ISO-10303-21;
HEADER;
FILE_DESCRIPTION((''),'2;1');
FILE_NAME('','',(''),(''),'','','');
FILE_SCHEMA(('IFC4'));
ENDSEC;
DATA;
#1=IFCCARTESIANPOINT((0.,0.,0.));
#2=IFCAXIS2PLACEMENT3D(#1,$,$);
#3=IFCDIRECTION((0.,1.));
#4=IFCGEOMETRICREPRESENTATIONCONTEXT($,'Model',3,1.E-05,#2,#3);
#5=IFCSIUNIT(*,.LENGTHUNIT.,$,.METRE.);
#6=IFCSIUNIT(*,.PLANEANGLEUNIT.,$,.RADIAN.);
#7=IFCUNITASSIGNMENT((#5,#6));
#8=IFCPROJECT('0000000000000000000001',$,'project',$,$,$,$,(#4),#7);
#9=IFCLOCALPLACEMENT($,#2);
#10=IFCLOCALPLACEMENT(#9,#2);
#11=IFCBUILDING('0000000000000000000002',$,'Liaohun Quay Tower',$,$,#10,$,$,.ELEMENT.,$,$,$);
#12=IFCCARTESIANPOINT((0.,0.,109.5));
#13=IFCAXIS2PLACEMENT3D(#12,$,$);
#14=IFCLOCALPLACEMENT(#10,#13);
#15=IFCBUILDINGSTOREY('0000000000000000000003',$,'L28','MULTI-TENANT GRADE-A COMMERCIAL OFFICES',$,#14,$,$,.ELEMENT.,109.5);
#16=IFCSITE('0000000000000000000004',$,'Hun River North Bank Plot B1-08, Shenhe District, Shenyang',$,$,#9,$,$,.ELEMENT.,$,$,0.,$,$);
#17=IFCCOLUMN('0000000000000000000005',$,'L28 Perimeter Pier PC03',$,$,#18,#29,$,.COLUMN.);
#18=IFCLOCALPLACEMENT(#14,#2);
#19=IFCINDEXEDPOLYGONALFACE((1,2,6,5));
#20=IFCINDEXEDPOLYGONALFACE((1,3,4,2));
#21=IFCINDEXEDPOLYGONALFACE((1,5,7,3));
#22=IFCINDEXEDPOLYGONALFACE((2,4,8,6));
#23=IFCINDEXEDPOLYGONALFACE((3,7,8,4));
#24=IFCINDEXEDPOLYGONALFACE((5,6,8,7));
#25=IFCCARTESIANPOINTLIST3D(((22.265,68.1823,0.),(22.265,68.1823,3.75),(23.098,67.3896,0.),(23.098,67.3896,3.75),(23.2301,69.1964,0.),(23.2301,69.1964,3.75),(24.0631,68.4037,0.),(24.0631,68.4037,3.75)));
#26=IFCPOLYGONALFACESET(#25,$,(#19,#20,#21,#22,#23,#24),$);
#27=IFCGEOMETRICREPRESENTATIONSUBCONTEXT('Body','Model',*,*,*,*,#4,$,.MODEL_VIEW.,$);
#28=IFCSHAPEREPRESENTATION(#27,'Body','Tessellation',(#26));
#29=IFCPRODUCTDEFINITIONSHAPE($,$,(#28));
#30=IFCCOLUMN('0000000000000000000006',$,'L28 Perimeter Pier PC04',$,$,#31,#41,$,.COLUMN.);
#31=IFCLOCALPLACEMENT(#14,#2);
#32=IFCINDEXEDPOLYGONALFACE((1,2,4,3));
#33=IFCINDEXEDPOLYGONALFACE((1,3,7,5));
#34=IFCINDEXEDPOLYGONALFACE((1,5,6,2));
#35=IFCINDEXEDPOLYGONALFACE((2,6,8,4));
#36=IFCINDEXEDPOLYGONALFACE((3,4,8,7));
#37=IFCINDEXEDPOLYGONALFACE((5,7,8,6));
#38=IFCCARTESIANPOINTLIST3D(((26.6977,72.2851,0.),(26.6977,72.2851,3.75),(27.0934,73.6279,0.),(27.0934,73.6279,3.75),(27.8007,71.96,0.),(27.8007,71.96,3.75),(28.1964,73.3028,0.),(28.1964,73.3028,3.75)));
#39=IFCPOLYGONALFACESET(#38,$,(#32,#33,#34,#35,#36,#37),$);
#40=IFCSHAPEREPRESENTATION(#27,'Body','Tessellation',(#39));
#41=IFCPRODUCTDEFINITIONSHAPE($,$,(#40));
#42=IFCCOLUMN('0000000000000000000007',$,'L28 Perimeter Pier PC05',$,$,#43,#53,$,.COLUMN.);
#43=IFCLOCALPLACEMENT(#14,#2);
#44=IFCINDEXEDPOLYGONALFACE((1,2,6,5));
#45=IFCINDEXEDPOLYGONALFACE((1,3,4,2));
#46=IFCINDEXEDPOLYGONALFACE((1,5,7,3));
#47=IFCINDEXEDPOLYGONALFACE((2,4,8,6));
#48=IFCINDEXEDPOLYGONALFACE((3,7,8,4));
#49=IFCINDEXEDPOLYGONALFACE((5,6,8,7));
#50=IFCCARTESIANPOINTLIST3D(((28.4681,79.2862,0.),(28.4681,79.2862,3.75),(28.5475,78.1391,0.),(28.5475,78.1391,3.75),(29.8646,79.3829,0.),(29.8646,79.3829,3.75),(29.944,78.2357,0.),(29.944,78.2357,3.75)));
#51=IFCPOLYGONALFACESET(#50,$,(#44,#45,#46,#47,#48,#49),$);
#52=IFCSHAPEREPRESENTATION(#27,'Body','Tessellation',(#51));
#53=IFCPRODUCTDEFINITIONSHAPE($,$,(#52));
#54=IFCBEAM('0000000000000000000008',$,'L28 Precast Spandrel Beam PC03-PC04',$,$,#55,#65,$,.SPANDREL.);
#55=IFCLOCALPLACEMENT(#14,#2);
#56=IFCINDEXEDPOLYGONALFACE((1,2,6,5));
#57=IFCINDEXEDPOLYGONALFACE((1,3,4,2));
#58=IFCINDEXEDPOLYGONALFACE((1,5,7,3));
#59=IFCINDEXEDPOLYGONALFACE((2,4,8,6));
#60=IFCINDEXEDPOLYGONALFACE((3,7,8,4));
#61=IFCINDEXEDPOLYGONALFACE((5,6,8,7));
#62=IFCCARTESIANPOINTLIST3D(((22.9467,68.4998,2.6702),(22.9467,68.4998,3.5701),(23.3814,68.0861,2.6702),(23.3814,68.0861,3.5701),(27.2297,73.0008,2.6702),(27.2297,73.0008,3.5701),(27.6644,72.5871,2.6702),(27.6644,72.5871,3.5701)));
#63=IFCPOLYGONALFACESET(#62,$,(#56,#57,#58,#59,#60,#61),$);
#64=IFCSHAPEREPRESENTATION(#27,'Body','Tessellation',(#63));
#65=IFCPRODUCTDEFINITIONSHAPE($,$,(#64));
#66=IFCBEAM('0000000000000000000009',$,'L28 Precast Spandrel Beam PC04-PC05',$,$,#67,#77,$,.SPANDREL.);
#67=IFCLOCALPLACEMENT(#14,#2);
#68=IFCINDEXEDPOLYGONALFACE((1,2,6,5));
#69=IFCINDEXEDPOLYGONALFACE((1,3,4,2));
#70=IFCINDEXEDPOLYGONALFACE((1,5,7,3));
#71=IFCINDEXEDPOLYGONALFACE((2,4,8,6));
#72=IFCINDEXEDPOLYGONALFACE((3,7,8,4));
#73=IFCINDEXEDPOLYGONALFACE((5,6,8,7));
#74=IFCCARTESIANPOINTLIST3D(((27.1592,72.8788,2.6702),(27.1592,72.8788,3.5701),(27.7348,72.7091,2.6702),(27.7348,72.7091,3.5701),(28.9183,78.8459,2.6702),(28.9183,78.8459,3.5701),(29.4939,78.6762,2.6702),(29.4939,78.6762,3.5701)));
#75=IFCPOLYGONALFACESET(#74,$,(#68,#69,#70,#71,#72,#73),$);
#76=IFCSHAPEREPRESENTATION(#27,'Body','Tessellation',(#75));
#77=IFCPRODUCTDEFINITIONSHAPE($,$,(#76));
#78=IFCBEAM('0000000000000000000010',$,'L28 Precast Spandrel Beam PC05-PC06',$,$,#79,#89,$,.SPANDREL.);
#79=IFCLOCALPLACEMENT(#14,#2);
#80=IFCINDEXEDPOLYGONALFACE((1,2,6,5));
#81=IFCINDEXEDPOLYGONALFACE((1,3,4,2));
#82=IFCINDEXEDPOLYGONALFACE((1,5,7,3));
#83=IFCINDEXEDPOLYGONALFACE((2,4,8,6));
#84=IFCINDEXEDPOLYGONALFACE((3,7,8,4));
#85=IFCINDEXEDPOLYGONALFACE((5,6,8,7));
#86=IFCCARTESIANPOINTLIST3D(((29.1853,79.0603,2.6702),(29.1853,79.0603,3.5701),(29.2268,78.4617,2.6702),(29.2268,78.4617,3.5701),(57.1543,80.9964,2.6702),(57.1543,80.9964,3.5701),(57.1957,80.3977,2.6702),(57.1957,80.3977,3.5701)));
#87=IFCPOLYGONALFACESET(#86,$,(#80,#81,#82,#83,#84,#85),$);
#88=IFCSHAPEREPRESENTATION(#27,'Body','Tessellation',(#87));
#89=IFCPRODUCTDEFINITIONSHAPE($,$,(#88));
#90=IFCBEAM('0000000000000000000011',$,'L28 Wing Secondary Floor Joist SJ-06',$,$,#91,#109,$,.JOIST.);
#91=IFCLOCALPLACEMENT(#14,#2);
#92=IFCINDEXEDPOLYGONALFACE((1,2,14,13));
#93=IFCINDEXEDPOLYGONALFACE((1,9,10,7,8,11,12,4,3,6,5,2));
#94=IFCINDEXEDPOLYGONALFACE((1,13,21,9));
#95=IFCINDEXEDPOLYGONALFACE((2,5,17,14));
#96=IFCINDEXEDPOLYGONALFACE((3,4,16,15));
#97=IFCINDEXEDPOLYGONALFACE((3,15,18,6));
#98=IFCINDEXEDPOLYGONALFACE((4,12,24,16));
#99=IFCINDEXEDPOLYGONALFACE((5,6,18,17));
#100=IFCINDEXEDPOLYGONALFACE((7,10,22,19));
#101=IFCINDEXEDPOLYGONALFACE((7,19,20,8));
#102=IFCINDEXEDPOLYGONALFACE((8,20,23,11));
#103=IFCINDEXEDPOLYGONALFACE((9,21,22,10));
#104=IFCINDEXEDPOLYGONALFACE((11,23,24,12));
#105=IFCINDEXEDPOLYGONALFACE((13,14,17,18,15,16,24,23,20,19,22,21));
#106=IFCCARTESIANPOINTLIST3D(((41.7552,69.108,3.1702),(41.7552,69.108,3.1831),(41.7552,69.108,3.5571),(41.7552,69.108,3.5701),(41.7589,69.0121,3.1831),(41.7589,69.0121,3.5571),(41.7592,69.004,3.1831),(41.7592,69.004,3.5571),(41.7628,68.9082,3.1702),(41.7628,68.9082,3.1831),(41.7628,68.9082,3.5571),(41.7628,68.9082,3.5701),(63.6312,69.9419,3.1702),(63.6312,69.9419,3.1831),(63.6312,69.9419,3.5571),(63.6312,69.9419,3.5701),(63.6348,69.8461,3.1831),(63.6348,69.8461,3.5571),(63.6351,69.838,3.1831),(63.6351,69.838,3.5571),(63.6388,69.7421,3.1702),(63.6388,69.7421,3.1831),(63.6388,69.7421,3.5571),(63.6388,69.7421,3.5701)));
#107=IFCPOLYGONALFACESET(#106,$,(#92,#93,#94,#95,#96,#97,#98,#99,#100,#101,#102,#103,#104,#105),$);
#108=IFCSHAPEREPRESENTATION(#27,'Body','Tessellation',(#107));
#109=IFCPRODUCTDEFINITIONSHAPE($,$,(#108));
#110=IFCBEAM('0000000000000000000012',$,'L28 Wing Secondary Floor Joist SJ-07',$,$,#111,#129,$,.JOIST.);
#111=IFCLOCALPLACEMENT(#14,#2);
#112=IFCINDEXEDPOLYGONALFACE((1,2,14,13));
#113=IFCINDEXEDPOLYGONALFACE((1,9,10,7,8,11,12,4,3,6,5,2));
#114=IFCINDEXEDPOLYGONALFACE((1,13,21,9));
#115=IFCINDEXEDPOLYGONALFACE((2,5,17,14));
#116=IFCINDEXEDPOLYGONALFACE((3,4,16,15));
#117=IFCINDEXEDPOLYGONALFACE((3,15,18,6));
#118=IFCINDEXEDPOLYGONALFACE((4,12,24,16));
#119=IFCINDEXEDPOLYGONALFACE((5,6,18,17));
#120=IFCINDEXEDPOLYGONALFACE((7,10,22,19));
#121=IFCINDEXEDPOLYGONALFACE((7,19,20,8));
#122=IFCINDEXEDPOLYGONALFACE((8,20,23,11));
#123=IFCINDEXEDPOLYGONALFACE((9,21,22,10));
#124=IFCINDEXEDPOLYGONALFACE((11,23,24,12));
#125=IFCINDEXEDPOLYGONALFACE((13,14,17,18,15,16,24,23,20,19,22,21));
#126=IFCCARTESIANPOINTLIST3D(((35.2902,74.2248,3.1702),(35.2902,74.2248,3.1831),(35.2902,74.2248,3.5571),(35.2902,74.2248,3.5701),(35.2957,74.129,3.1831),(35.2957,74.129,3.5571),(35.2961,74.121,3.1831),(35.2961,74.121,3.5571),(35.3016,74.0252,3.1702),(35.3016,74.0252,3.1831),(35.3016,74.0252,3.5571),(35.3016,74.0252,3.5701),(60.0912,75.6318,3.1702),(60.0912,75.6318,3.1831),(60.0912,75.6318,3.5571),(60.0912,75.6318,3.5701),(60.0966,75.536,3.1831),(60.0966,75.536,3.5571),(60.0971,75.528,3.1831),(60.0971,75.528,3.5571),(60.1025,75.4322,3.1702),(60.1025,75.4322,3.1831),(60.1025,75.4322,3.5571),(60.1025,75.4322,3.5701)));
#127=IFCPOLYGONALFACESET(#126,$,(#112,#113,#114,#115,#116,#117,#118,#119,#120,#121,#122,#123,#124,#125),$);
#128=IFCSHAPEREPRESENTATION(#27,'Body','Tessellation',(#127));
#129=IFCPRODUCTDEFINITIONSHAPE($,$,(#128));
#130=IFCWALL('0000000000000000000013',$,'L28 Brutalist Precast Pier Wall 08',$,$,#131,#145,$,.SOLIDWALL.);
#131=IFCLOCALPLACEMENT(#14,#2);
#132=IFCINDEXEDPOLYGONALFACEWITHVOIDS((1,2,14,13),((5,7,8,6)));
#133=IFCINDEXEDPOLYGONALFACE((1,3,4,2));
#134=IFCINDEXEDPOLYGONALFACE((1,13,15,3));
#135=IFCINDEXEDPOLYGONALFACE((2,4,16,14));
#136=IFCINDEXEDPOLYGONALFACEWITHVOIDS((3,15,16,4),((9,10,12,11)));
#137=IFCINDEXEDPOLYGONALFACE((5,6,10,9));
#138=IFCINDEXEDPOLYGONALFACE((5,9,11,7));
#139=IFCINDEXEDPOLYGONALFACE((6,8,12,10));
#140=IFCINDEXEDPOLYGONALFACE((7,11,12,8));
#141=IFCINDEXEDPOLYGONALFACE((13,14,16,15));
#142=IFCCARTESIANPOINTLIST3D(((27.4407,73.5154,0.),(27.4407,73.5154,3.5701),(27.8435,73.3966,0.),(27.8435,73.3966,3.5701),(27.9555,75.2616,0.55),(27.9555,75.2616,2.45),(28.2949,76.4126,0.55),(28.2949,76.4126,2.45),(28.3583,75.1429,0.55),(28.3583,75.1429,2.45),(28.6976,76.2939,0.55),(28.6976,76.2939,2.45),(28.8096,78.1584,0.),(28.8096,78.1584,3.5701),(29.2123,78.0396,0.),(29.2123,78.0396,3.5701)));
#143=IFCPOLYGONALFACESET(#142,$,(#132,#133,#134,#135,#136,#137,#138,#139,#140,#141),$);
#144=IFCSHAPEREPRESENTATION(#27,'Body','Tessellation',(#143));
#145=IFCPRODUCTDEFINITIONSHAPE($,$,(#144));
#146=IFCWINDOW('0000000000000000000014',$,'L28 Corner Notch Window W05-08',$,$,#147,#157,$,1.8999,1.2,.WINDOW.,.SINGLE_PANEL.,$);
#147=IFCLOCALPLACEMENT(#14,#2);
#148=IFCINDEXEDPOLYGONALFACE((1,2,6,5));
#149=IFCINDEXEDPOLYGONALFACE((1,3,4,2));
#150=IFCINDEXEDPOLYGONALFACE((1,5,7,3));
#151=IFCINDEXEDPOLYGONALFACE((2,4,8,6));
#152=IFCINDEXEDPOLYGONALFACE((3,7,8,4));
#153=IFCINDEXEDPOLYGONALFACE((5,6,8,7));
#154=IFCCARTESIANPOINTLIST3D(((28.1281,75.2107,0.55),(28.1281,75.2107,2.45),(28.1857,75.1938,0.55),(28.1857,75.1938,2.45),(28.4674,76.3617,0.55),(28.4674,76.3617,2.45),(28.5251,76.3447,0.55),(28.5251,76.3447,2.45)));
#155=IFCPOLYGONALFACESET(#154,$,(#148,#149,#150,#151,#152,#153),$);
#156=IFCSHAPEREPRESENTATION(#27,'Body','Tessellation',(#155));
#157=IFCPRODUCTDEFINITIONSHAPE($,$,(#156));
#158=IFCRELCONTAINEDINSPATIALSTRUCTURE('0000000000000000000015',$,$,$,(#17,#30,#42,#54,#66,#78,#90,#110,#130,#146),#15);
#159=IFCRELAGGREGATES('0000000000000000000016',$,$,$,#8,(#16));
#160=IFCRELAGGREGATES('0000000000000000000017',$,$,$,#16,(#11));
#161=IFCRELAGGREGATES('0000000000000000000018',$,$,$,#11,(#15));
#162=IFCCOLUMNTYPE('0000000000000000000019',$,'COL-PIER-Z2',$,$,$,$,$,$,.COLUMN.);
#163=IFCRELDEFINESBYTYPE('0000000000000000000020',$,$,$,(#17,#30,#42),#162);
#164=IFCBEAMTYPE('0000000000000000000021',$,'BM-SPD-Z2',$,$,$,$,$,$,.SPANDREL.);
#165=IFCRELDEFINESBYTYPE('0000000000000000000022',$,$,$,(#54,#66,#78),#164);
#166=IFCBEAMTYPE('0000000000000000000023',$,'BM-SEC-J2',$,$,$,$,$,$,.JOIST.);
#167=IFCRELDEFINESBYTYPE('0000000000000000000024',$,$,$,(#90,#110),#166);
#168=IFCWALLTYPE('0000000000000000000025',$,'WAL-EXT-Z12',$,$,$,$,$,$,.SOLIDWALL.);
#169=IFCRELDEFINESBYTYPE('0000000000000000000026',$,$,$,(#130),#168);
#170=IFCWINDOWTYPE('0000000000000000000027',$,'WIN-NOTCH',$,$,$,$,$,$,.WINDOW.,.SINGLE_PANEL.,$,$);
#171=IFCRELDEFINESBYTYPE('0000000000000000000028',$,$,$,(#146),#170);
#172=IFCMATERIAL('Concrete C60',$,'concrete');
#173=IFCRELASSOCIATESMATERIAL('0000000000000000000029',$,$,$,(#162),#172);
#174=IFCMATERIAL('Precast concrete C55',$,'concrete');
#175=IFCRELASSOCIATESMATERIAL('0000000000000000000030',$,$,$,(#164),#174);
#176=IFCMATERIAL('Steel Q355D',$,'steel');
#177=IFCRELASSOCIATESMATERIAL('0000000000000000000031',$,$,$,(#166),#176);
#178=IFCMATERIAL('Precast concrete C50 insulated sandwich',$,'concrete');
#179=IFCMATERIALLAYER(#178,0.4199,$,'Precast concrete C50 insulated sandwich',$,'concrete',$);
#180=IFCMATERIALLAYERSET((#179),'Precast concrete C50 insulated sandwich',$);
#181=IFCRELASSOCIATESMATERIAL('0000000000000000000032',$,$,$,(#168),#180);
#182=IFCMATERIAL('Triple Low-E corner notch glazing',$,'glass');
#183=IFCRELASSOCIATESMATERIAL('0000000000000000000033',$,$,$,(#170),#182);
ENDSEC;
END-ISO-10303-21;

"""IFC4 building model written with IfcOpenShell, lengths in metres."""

from ifc_helpers import new_model, si_unit, direction, frame, frame_2d, origin, origin_2d, place, context, subcontext, project, spatial, rectangle, i_section, extrude, source, transform, mapped, material, layer, layer_set, material_profile, profile_set, type_object, element, fill, save


model = new_model("IFC4")

# Units and contexts
model_context = context("Model", 3, precision=1e-05, world=origin(), true_north=direction((0.0, 1.0)))
body_context = subcontext(model_context, "Body", "Model", "MODEL_VIEW")
ifc_project = project(units=[si_unit("LENGTHUNIT", "METRE"), si_unit("PLANEANGLEUNIT", "RADIAN")], contexts=[model_context])

# Site, building, storey
site_placement = place(None, origin())
site = spatial("IfcSite", under=ifc_project, at=site_placement, Name="Hun River North Bank Plot B1-08, Shenhe District, Shenyang", CompositionType="ELEMENT", RefElevation=0.0)
building_placement = place(site_placement, origin())
building = spatial("IfcBuilding", under=site, at=building_placement, Name="Liaohun Quay Tower", CompositionType="ELEMENT")
storey_placement = place(building_placement, frame((0.0, 0.0, 109.5)))
storey = spatial("IfcBuildingStorey", under=building, at=storey_placement, Name="L28", Description="MULTI-TENANT GRADE-A COMMERCIAL OFFICES", CompositionType="ELEMENT", Elevation=109.5)

# Columns
ifc_material_1 = material(Name="Concrete C60", Category="concrete")
ifc_material_profile_1 = material_profile(ifc_material_1, rectangle(XDim=1.3999, YDim=1.1499, at=origin_2d()), Name="RC1400x1150")
ifc_profile_set_1 = profile_set([ifc_material_profile_1], Name="Concrete C60")
column_type = type_object("IfcColumnType", Name="COL-PIER-Z2", PredefinedType="COLUMN", material=ifc_profile_set_1)
shared_shape_1 = source(origin(), body_context, "Body", "SweptSolid", [
    extrude(rectangle(XDim=1.3999, YDim=1.1499, at=origin_2d()), origin(), (0.0, 0.0, 1.0), 3.75),
])
for number, where, z_axis, x_axis, name in (
    (1, (23.1641, 68.293, 0.0), (0.0, 0.0, 1.0), (0.689367, 0.724413, 0.0), "L28 Perimeter Pier PC03"),
    (2, (27.447, 72.7939, 0.0), (0.0, 0.0, 1.0), (0.282676, 0.959215, 0.0), "L28 Perimeter Pier PC04"),
    (3, (29.2061, 78.761, 0.0), (0.0, 0.0, 1.0), (0.997613, 0.06906, 0.0), "L28 Perimeter Pier PC05"),
):
    element("IfcColumn", number, at=place(storey_placement, frame(where, z_axis=z_axis, x_axis=x_axis)), inside=storey, type_object=column_type, Name=name, PredefinedType="COLUMN", context=body_context, shape_type="MappedRepresentation", body=[
        mapped(shared_shape_1, transform((0.0, 0.0, 0.0), x_axis=(1.0, 0.0, 0.0), y_axis=(0.0, 1.0, 0.0), z_axis=(0.0, 0.0, 1.0), scale=1.0)),
    ])

# Beams
ifc_material_2 = material(Name="Precast concrete C55", Category="concrete")
ifc_material_profile_2 = material_profile(ifc_material_2, rectangle(XDim=0.6001, YDim=0.8999, at=origin_2d()), Name="RC600x900")
ifc_profile_set_2 = profile_set([ifc_material_profile_2], Name="Precast concrete C55")
beam_type_1 = type_object("IfcBeamType", Name="BM-SPD-Z2", PredefinedType="SPANDREL", material=ifc_profile_set_2)
shared_shape_2 = source(origin(), body_context, "Body", "SweptSolid", [
    extrude(rectangle(XDim=0.6001, YDim=0.8999, at=origin_2d()), origin(), (0.0, 0.0, 1.0), 6.2131),
])
beam_1_placement = place(storey_placement, frame((23.1641, 68.293, 3.1201), z_axis=(0.689344, 0.724434, 0.0), x_axis=(-0.724434, 0.689344, 0.0)))
element("IfcBeam", 4, at=beam_1_placement, inside=storey, type_object=beam_type_1, Name="L28 Precast Spandrel Beam PC03-PC04", PredefinedType="SPANDREL", context=body_context, shape_type="MappedRepresentation", body=[
    mapped(shared_shape_2, transform((0.0, 0.0, 0.0), x_axis=(1.0, 0.0, 0.0), y_axis=(0.0, 1.0, 0.0), z_axis=(0.0, 0.0, 1.0), scale=1.0)),
])
shared_shape_3 = source(origin(), body_context, "Body", "SweptSolid", [
    extrude(rectangle(XDim=0.6001, YDim=0.8999, at=origin_2d()), origin(), (0.0, 0.0, 1.0), 6.2209),
])
beam_2_placement = place(storey_placement, frame((27.447, 72.7939, 3.1201), z_axis=(0.282761, 0.95919, 0.0), x_axis=(-0.95919, 0.282761, 0.0)))
element("IfcBeam", 5, at=beam_2_placement, inside=storey, type_object=beam_type_1, Name="L28 Precast Spandrel Beam PC04-PC05", PredefinedType="SPANDREL", context=body_context, shape_type="MappedRepresentation", body=[
    mapped(shared_shape_3, transform((0.0, 0.0, 0.0), x_axis=(1.0, 0.0, 0.0), y_axis=(0.0, 1.0, 0.0), z_axis=(0.0, 0.0, 1.0), scale=1.0)),
])
shared_shape_4 = source(origin(), body_context, "Body", "SweptSolid", [
    extrude(rectangle(XDim=0.6001, YDim=0.8999, at=origin_2d()), origin(), (0.0, 0.0, 1.0), 28.0359),
])
beam_3_placement = place(storey_placement, frame((29.2061, 78.761, 3.1201), z_axis=(0.997613, 0.069056, 0.0), x_axis=(-0.069056, 0.997613, 0.0)))
element("IfcBeam", 6, at=beam_3_placement, inside=storey, type_object=beam_type_1, Name="L28 Precast Spandrel Beam PC05-PC06", PredefinedType="SPANDREL", context=body_context, shape_type="MappedRepresentation", body=[
    mapped(shared_shape_4, transform((0.0, 0.0, 0.0), x_axis=(1.0, 0.0, 0.0), y_axis=(0.0, 1.0, 0.0), z_axis=(0.0, 0.0, 1.0), scale=1.0)),
])
ifc_material_3 = material(Name="Steel Q355D", Category="steel")
ifc_material_profile_3 = material_profile(ifc_material_3, i_section(OverallWidth=0.2, OverallDepth=0.3999, WebThickness=0.0081, FlangeThickness=0.0129, at=origin_2d()), Name="HN400x200x8x13")
ifc_profile_set_3 = profile_set([ifc_material_profile_3], Name="Steel Q355D")
beam_type_2 = type_object("IfcBeamType", Name="BM-SEC-J2", PredefinedType="JOIST", material=ifc_profile_set_3)
shared_shape_5 = source(origin(), body_context, "Body", "SweptSolid", [
    extrude(i_section(OverallWidth=0.2, OverallDepth=0.3999, WebThickness=0.0081, FlangeThickness=0.0129, at=origin_2d()), origin(), (0.0, 0.0, 1.0), 21.8918),
])
beam_4_placement = place(storey_placement, frame((41.759, 69.0081, 3.3701), z_axis=(0.999274, 0.038096, 0.0), x_axis=(-0.038096, 0.999274, 0.0)))
element("IfcBeam", 7, at=beam_4_placement, inside=storey, type_object=beam_type_2, Name="L28 Wing Secondary Floor Joist SJ-06", PredefinedType="JOIST", context=body_context, shape_type="MappedRepresentation", body=[
    mapped(shared_shape_5, transform((0.0, 0.0, 0.0), x_axis=(1.0, 0.0, 0.0), y_axis=(0.0, 1.0, 0.0), z_axis=(0.0, 0.0, 1.0), scale=1.0)),
])
shared_shape_6 = source(origin(), body_context, "Body", "SweptSolid", [
    extrude(i_section(OverallWidth=0.2, OverallDepth=0.3999, WebThickness=0.0081, FlangeThickness=0.0129, at=origin_2d()), origin(), (0.0, 0.0, 1.0), 24.8408),
])
beam_5_placement = place(storey_placement, frame((35.2959, 74.125, 3.3701), z_axis=(0.998395, 0.05664, 0.0), x_axis=(-0.05664, 0.998395, 0.0)))
element("IfcBeam", 8, at=beam_5_placement, inside=storey, type_object=beam_type_2, Name="L28 Wing Secondary Floor Joist SJ-07", PredefinedType="JOIST", context=body_context, shape_type="MappedRepresentation", body=[
    mapped(shared_shape_6, transform((0.0, 0.0, 0.0), x_axis=(1.0, 0.0, 0.0), y_axis=(0.0, 1.0, 0.0), z_axis=(0.0, 0.0, 1.0), scale=1.0)),
])

# Wall, opening, window
ifc_material_4 = material(Name="Precast concrete C50 insulated sandwich", Category="concrete")
ifc_layer_1 = layer(ifc_material_4, 0.4199, Name="Precast concrete C50 insulated sandwich", Category="concrete")
ifc_layer_set_1 = layer_set([ifc_layer_1], Name="Precast concrete C50 insulated sandwich")
wall_type_1 = type_object("IfcWallType", Name="WAL-EXT-Z12", PredefinedType="SOLIDWALL", material=ifc_layer_set_1)
wall_1_placement = place(storey_placement, frame((29.011, 78.0991, 0.0), z_axis=(0.0, 0.0, 1.0), x_axis=(-0.282792, -0.959181, 0.0)))
wall_1 = element("IfcWall", 9, at=wall_1_placement, inside=storey, type_object=wall_type_1, Name="L28 Brutalist Precast Pier Wall 08", PredefinedType="SOLIDWALL", context=body_context, shape_type="SweptSolid", body=[
    extrude(rectangle(XDim=4.8406, YDim=0.4199, at=frame_2d((2.4204, 0.0))), origin(), (0.0, 0.0, 1.0), 3.5701),
])
shared_shape_7 = source(origin(), body_context, "Body", "SweptSolid", [
    extrude(rectangle(XDim=1.2, YDim=1.8999, at=frame_2d((0.6001, 0.95))), frame((0.0, 0.22, 0.0), z_axis=(0.0, -1.0, 0.0), x_axis=(1.0, 0.0, 0.0)), (0.0, 0.0, 1.0), 0.4399),
])
opening_1_placement = place(wall_1_placement, frame((1.8201, 0.0, 0.55)))
opening_1 = element("IfcOpeningElement", 10, at=opening_1_placement, cuts=wall_1, PredefinedType="OPENING", context=body_context, shape_type="MappedRepresentation", body=[
    mapped(shared_shape_7, transform((0.0, 0.0, 0.0), x_axis=(1.0, 0.0, 0.0), y_axis=(0.0, 1.0, 0.0), z_axis=(0.0, 0.0, 1.0), scale=1.0)),
])
ifc_material_5 = material(Name="Triple Low-E corner notch glazing", Category="glass")
window_type_1 = type_object("IfcWindowType", Name="WIN-NOTCH", PartitioningType="SINGLE_PANEL", PredefinedType="WINDOW", material=ifc_material_5)
shared_shape_8 = source(origin(), body_context, "Body", "SweptSolid", [
    extrude(rectangle(XDim=1.2, YDim=1.8999, at=frame_2d((0.6001, 0.95))), frame((0.0, 0.03, 0.0), z_axis=(0.0, -1.0, 0.0), x_axis=(1.0, 0.0, 0.0)), (0.0, 0.0, 1.0), 0.0601),
])
window_1_placement = place(opening_1_placement, origin())
window_1 = element("IfcWindow", 11, at=window_1_placement, inside=storey, type_object=window_type_1, Name="L28 Corner Notch Window W05-08", OverallHeight=1.8999, OverallWidth=1.2, PartitioningType="SINGLE_PANEL", PredefinedType="WINDOW", context=body_context, shape_type="MappedRepresentation", body=[
    mapped(shared_shape_8, transform((0.0, 0.0, 0.0), x_axis=(1.0, 0.0, 0.0), y_axis=(0.0, 1.0, 0.0), z_axis=(0.0, 0.0, 1.0), scale=1.0)),
])
fill(opening_1, window_1)

save(model, "model.ifc")
